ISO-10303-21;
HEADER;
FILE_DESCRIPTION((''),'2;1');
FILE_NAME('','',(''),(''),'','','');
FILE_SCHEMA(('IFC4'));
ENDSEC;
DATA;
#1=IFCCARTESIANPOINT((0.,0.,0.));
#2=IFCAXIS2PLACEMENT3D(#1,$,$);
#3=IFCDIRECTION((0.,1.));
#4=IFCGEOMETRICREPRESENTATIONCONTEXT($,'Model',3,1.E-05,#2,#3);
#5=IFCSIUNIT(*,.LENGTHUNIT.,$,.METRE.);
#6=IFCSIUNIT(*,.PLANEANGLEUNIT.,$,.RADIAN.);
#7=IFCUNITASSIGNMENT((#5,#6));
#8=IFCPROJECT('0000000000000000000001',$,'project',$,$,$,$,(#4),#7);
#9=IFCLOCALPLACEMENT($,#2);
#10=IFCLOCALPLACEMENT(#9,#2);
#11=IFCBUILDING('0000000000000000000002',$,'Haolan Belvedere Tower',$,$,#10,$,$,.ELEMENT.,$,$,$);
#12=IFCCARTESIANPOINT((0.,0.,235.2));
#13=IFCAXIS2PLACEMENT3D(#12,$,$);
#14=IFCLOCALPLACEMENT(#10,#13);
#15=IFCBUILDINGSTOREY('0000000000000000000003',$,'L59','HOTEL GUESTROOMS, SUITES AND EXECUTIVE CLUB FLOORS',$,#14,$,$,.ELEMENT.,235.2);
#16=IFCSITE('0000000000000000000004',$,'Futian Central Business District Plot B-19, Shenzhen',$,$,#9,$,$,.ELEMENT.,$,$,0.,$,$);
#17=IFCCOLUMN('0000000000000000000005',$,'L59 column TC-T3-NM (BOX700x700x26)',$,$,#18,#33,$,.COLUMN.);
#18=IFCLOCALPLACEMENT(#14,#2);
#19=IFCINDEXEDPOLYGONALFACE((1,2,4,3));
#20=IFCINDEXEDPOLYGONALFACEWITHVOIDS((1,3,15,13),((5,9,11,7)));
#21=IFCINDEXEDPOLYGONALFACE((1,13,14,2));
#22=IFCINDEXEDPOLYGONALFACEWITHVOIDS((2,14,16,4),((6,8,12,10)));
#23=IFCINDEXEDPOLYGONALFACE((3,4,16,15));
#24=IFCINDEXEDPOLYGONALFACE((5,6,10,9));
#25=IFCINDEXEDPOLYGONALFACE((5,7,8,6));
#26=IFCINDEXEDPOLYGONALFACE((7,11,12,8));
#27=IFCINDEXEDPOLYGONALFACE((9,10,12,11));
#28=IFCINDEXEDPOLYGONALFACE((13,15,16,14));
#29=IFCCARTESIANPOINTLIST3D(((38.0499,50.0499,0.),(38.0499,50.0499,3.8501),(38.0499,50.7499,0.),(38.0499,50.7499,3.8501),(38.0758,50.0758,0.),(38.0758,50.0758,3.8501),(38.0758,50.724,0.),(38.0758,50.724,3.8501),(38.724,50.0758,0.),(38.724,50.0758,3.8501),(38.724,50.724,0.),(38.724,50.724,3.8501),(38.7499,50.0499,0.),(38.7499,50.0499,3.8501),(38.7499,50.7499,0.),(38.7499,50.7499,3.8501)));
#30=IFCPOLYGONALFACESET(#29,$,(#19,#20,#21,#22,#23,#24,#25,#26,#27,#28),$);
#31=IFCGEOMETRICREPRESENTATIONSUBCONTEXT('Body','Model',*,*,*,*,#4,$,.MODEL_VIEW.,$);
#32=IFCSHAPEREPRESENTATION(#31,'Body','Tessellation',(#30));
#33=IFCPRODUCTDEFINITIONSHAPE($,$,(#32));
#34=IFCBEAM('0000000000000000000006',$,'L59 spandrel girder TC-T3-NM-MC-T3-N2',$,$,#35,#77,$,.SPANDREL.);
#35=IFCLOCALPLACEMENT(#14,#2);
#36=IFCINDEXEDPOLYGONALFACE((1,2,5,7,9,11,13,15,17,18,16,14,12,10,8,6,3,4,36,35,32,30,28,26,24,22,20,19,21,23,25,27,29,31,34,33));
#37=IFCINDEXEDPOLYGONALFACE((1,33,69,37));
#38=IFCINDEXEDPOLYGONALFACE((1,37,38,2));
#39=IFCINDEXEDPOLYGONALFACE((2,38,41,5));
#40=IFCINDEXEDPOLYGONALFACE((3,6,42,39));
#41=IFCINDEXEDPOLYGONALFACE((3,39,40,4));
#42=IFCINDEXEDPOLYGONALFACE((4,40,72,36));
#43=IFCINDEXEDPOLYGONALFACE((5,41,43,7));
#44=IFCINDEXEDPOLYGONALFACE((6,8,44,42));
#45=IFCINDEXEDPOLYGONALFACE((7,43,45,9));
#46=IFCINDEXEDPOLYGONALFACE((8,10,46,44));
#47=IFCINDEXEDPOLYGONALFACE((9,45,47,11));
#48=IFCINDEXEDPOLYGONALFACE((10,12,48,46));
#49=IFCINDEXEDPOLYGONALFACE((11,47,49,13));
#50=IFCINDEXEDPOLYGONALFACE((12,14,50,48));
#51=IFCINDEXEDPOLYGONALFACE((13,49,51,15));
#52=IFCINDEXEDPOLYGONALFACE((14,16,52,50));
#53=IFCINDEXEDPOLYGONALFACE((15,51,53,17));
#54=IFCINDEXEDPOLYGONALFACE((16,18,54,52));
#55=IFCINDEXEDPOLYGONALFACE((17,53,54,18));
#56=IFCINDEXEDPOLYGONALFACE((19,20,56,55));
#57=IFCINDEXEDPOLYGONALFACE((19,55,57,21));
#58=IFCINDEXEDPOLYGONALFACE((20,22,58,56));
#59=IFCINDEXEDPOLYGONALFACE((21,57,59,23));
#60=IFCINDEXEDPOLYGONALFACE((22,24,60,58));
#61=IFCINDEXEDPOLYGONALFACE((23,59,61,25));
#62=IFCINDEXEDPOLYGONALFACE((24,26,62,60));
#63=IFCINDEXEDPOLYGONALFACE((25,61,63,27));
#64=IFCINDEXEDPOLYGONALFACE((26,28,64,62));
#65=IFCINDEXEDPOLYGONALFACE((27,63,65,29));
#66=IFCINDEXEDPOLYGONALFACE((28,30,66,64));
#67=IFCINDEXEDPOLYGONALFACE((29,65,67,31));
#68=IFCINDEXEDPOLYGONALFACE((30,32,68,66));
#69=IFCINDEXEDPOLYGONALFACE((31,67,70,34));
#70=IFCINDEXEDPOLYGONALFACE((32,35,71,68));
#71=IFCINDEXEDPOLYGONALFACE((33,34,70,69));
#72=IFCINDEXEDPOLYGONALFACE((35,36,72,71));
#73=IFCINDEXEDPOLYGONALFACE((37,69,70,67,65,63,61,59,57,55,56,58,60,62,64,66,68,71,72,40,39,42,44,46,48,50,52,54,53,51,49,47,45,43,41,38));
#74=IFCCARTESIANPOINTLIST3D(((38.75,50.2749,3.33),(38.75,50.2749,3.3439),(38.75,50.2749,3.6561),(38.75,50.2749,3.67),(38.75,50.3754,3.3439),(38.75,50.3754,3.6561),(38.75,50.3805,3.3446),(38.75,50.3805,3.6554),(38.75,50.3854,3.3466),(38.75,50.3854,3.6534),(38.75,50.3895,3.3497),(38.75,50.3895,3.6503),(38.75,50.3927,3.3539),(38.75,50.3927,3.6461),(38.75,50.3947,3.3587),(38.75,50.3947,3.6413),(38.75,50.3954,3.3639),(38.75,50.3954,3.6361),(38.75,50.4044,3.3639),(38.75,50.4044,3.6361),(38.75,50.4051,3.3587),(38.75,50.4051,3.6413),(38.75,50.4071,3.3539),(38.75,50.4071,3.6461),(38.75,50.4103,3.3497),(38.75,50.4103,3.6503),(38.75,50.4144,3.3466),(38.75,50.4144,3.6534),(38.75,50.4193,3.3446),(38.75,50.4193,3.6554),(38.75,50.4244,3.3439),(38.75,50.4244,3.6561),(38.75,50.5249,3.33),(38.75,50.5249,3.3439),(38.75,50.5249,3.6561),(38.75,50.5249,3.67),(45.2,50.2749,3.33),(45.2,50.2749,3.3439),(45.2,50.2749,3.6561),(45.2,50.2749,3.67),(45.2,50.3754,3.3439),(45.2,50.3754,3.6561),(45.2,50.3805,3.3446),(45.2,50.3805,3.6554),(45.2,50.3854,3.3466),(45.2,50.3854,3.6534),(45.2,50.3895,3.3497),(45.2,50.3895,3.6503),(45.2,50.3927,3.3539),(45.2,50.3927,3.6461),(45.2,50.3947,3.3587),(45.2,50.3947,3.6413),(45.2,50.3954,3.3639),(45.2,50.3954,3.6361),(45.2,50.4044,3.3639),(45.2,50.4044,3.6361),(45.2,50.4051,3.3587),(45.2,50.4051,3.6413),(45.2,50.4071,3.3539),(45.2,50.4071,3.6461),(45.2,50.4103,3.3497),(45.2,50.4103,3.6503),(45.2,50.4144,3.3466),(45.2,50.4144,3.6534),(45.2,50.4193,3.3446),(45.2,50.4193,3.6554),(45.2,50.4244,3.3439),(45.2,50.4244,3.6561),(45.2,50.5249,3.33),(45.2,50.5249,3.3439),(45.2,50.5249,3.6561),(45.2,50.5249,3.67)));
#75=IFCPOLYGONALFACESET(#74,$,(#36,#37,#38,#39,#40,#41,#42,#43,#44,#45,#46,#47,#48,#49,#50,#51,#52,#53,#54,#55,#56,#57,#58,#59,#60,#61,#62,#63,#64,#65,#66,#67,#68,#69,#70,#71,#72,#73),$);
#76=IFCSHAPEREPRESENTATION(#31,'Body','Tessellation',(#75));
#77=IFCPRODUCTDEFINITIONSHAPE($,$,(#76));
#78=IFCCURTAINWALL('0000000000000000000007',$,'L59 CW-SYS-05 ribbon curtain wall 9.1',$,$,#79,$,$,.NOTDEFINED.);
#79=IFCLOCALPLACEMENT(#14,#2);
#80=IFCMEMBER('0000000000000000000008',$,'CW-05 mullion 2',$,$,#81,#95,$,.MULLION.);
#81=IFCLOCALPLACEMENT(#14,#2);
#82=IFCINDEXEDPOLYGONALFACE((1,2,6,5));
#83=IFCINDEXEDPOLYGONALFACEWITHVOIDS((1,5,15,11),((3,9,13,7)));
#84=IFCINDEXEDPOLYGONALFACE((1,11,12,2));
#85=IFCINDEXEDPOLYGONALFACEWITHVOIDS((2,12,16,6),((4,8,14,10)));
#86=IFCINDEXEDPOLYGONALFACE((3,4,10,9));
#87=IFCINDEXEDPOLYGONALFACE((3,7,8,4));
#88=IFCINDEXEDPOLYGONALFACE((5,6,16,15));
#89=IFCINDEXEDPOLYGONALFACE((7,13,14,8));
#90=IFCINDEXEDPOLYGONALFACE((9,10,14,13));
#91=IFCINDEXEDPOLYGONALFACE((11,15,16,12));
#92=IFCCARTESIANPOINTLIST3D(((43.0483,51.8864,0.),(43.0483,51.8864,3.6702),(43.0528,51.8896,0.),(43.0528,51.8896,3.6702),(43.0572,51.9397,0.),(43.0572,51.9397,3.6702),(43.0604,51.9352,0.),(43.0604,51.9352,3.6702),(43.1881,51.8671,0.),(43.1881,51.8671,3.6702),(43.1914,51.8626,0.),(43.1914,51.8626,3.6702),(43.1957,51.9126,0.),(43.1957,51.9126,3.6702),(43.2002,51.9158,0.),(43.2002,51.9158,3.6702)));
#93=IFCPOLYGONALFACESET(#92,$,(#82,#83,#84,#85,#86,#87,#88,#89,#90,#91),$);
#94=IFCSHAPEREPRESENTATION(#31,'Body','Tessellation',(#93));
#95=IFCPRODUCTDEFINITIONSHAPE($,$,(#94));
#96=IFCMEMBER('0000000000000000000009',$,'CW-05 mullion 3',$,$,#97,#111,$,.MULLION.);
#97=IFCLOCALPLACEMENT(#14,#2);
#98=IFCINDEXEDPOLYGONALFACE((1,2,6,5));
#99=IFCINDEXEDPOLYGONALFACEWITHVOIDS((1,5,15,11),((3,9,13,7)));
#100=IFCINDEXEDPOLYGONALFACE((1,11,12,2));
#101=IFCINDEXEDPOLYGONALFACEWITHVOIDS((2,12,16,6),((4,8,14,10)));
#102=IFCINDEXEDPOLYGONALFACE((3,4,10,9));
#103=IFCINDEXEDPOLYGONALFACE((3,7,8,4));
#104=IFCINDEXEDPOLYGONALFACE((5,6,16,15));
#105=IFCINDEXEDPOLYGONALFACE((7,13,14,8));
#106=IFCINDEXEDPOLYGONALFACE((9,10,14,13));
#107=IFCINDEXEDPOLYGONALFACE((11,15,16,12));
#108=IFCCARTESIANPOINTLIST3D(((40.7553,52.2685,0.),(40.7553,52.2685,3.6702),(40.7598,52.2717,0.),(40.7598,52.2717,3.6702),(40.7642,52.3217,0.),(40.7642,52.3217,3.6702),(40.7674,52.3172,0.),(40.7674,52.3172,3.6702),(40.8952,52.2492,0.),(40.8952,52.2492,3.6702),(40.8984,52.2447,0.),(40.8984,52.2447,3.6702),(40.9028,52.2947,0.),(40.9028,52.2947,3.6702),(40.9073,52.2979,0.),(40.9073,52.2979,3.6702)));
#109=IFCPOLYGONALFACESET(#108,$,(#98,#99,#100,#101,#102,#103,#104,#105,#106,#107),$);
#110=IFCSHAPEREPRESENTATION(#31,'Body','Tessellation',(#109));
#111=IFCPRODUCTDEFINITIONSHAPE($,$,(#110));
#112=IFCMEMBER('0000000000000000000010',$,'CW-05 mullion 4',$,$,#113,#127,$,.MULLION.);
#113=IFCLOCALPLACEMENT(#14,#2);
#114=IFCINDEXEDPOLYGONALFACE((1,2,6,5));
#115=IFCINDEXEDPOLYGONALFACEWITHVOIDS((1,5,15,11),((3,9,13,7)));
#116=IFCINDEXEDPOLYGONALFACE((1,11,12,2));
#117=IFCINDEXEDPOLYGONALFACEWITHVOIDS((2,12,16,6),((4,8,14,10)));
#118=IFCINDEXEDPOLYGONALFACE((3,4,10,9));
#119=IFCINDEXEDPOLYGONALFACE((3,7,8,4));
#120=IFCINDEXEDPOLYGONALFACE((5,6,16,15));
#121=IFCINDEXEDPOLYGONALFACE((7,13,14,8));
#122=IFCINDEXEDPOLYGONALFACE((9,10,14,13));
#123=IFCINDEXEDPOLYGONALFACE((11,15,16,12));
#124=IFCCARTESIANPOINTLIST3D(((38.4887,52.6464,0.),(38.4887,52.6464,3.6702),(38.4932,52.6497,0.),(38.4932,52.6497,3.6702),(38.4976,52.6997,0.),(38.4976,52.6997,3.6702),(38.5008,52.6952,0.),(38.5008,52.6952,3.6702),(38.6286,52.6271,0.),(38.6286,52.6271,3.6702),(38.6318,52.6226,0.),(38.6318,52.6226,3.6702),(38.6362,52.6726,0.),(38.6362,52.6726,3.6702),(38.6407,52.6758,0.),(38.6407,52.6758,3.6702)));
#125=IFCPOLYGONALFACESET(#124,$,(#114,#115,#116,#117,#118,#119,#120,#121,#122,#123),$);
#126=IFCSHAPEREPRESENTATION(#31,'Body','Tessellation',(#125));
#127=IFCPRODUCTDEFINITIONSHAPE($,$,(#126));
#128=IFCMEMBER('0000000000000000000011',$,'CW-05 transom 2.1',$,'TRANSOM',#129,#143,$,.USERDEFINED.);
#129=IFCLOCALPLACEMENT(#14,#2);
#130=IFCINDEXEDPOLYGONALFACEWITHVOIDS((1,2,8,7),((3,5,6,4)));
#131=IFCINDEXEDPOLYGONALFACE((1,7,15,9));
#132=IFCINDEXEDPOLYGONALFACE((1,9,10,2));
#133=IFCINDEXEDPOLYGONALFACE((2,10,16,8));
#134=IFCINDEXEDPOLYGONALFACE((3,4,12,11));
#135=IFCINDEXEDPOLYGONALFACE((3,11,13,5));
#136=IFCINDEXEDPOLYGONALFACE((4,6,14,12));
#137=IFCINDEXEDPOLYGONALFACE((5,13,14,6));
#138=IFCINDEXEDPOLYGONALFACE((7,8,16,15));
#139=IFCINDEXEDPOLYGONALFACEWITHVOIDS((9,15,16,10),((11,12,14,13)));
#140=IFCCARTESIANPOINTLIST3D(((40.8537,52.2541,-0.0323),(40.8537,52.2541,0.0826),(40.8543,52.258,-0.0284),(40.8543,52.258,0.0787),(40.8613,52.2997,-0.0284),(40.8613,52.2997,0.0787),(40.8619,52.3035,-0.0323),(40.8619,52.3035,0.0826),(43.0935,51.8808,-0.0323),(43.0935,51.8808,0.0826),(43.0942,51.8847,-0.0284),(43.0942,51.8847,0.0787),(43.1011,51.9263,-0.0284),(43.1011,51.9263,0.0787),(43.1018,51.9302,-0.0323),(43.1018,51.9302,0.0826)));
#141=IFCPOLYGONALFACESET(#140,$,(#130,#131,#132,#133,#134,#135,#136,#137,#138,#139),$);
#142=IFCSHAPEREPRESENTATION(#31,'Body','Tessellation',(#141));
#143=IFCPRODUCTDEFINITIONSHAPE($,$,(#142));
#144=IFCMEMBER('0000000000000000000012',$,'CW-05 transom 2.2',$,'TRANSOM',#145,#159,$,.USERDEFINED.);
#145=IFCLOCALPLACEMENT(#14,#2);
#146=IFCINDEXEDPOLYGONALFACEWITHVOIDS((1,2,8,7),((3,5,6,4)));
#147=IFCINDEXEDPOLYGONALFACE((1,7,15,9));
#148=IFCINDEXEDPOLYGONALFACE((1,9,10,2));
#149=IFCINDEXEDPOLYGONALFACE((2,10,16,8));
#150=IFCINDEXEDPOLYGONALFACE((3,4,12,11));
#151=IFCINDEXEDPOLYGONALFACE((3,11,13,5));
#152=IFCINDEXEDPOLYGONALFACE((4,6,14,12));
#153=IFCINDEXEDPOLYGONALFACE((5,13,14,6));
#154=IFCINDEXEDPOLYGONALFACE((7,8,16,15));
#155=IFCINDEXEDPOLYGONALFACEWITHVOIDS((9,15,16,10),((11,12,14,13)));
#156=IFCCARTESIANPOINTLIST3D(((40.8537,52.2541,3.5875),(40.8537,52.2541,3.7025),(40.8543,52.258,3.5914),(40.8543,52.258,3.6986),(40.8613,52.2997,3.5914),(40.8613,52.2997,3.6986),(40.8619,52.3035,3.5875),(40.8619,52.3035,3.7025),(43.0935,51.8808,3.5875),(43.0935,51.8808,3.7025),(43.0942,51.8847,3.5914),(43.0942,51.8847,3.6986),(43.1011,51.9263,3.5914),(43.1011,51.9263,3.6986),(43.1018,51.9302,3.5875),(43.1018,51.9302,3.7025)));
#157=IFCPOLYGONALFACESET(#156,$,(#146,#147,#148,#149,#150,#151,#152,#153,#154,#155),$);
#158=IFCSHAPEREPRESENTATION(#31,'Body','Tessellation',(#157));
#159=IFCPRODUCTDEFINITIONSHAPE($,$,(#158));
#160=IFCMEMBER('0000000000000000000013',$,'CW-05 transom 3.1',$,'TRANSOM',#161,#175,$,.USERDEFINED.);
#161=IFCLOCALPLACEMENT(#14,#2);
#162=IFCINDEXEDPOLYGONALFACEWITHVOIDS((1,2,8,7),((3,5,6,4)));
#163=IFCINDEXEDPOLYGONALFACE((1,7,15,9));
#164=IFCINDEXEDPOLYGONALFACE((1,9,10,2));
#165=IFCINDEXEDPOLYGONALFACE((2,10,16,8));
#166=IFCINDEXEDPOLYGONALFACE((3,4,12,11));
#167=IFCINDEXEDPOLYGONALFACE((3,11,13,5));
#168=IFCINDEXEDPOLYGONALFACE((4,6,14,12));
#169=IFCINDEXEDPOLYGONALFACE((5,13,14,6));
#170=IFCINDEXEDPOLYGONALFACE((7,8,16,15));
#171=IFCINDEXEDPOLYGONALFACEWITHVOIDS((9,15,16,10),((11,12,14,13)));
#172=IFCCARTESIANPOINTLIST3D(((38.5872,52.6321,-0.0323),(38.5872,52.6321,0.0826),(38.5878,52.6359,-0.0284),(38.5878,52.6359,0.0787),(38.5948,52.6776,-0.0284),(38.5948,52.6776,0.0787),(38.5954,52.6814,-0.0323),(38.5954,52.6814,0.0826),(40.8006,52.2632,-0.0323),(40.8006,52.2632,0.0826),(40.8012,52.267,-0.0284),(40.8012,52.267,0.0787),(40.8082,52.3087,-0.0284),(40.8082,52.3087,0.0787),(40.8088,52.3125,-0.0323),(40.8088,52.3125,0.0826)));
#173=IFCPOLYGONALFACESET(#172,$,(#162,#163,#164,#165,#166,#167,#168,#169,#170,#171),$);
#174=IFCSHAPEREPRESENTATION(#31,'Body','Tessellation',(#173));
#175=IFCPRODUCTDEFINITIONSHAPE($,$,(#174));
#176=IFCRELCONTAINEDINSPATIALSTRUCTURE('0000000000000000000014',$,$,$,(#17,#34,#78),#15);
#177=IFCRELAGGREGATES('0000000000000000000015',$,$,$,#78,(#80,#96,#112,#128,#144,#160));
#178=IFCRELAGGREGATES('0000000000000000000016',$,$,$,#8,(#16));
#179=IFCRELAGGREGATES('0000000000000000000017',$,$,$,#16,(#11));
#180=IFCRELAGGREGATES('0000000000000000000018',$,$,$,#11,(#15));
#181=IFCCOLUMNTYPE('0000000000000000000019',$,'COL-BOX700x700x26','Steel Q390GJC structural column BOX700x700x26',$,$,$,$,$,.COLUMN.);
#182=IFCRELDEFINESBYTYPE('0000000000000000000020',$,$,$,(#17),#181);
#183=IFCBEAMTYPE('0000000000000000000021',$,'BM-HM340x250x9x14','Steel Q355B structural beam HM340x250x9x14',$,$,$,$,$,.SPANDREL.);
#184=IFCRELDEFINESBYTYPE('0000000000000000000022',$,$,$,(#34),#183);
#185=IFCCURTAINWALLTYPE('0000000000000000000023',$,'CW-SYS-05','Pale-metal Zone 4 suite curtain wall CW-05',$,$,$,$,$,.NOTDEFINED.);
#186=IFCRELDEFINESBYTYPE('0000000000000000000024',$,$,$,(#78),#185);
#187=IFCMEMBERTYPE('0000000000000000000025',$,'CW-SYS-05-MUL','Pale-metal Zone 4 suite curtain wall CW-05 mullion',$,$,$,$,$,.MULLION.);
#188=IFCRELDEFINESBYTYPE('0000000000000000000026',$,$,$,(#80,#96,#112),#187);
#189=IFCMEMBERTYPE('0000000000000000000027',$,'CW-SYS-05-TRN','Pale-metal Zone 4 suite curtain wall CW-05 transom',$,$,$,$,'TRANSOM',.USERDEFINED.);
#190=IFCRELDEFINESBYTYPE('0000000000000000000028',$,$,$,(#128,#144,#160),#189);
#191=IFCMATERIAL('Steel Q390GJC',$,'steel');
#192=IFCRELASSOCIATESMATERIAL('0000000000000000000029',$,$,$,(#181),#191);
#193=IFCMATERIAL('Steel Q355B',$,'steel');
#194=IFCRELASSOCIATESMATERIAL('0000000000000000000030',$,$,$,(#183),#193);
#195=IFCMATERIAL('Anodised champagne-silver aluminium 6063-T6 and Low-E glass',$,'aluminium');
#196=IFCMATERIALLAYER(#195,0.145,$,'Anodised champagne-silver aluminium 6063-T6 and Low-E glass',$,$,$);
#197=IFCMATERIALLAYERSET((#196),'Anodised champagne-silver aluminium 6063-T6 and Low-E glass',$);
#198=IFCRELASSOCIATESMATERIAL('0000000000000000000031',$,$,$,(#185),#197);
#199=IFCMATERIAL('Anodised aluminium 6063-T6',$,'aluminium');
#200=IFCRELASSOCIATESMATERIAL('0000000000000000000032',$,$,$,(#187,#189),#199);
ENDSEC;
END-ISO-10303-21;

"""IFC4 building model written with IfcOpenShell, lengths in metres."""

from ifc_helpers import new_model, si_unit, direction, frame, origin, origin_2d, place, context, subcontext, project, spatial, hollow_rectangle, i_section, extrude, material, layer, layer_set, material_profile, profile_set, type_object, element, aggregate, save


model = new_model("IFC4")

# Units and contexts
model_context = context("Model", 3, precision=1e-05, world=origin(), true_north=direction((0.0, 1.0)))
body_context = subcontext(model_context, "Body", "Model", "MODEL_VIEW")
ifc_project = project(units=[si_unit("LENGTHUNIT", "METRE"), si_unit("PLANEANGLEUNIT", "RADIAN")], contexts=[model_context])

# Site, building, storey
site_placement = place(None, origin())
site = spatial("IfcSite", under=ifc_project, at=site_placement, Name="Futian Central Business District Plot B-19, Shenzhen", CompositionType="ELEMENT", RefElevation=0.0)
building_placement = place(site_placement, origin())
building = spatial("IfcBuilding", under=site, at=building_placement, Name="Haolan Belvedere Tower", CompositionType="ELEMENT")
storey_placement = place(building_placement, frame((0.0, 0.0, 235.2)))
storey = spatial("IfcBuildingStorey", under=building, at=storey_placement, Name="L59", Description="HOTEL GUESTROOMS, SUITES AND EXECUTIVE CLUB FLOORS", CompositionType="ELEMENT", Elevation=235.2)

# Column
ifc_material_1 = material(Name="Steel Q390GJC", Category="steel")
ifc_material_profile_1 = material_profile(ifc_material_1, hollow_rectangle(XDim=0.7, YDim=0.7, WallThickness=0.0259, at=origin_2d()), Name="Steel Q390GJC")
ifc_profile_set_1 = profile_set([ifc_material_profile_1], Name="Steel Q390GJC")
column_type = type_object("IfcColumnType", Name="COL-BOX700x700x26", Description="Steel Q390GJC structural column BOX700x700x26", PredefinedType="COLUMN", material=ifc_profile_set_1)
column_placement = place(storey_placement, frame((38.3999, 50.3999, 0.0), z_axis=(0.0, 0.0, 1.0), x_axis=(1.0, 0.0, 0.0)))
element("IfcColumn", 1, at=column_placement, inside=storey, type_object=column_type, Name="L59 column TC-T3-NM (BOX700x700x26)", PredefinedType="COLUMN", context=body_context, shape_type="SweptSolid", body=[
    extrude(hollow_rectangle(XDim=0.7, YDim=0.7, WallThickness=0.0259, at=origin_2d()), origin(), (0.0, 0.0, 1.0), 3.8501),
])

# Beam
ifc_material_2 = material(Name="Steel Q355B", Category="steel")
ifc_material_profile_2 = material_profile(ifc_material_2, i_section(OverallWidth=0.25, OverallDepth=0.3401, WebThickness=0.009, FlangeThickness=0.0139, FilletRadius=0.02, at=origin_2d()), Name="Steel Q355B")
ifc_profile_set_2 = profile_set([ifc_material_profile_2], Name="Steel Q355B")
beam_type = type_object("IfcBeamType", Name="BM-HM340x250x9x14", Description="Steel Q355B structural beam HM340x250x9x14", PredefinedType="SPANDREL", material=ifc_profile_set_2)
beam_placement = place(storey_placement, frame((38.75, 50.3999, 3.5), z_axis=(1.0, 0.0, 0.0), x_axis=(0.0, 1.0, 0.0)))
element("IfcBeam", 2, at=beam_placement, inside=storey, type_object=beam_type, Name="L59 spandrel girder TC-T3-NM-MC-T3-N2", PredefinedType="SPANDREL", context=body_context, shape_type="SweptSolid", body=[
    extrude(i_section(OverallWidth=0.25, OverallDepth=0.3401, WebThickness=0.009, FlangeThickness=0.0139, FilletRadius=0.02, at=origin_2d()), origin(), (0.0, 0.0, 1.0), 6.45),
])

# Curtain wall, members
ifc_material_3 = material(Name="Anodised champagne-silver aluminium 6063-T6 and Low-E glass", Category="aluminium")
ifc_layer_1 = layer(ifc_material_3, 0.145, Name="Anodised champagne-silver aluminium 6063-T6 and Low-E glass")
ifc_layer_set_1 = layer_set([ifc_layer_1], Name="Anodised champagne-silver aluminium 6063-T6 and Low-E glass")
curtain_wall_type = type_object("IfcCurtainWallType", Name="CW-SYS-05", Description="Pale-metal Zone 4 suite curtain wall CW-05", PredefinedType="NOTDEFINED", material=ifc_layer_set_1)
curtain_wall_placement = place(storey_placement, origin())
curtain_wall = element("IfcCurtainWall", 3, at=curtain_wall_placement, inside=storey, type_object=curtain_wall_type, Name="L59 CW-SYS-05 ribbon curtain wall 9.1", PredefinedType="NOTDEFINED")
ifc_material_4 = material(Name="Anodised aluminium 6063-T6", Category="aluminium")
ifc_material_profile_3 = material_profile(ifc_material_4, hollow_rectangle(XDim=0.054, YDim=0.145, WallThickness=0.0039, at=origin_2d()), Name="Anodised aluminium 6063-T6")
ifc_profile_set_3 = profile_set([ifc_material_profile_3], Name="Anodised aluminium 6063-T6")
member_type_1 = type_object("IfcMemberType", Name="CW-SYS-05-MUL", Description="Pale-metal Zone 4 suite curtain wall CW-05 mullion", PredefinedType="MULLION", material=ifc_profile_set_3)
member_1_placement = place(storey_placement, frame((43.1243, 51.9011, 0.0), z_axis=(0.0, 0.0, 1.0), x_axis=(-0.164406, -0.986393, 0.0)))
member_1 = element("IfcMember", 4, at=member_1_placement, type_object=member_type_1, Name="CW-05 mullion 2", PredefinedType="MULLION", context=body_context, shape_type="SweptSolid", body=[
    extrude(hollow_rectangle(XDim=0.054, YDim=0.145, WallThickness=0.0039, at=origin_2d()), origin(), (0.0, 0.0, 1.0), 3.6702),
])
member_2_placement = place(storey_placement, frame((40.8313, 52.2832, 0.0), z_axis=(0.0, 0.0, 1.0), x_axis=(-0.164406, -0.986393, 0.0)))
member_2 = element("IfcMember", 5, at=member_2_placement, type_object=member_type_1, Name="CW-05 mullion 3", PredefinedType="MULLION", context=body_context, shape_type="SweptSolid", body=[
    extrude(hollow_rectangle(XDim=0.054, YDim=0.145, WallThickness=0.0039, at=origin_2d()), origin(), (0.0, 0.0, 1.0), 3.6702),
])
member_3_placement = place(storey_placement, frame((38.5647, 52.6611, 0.0), z_axis=(0.0, 0.0, 1.0), x_axis=(-0.164406, -0.986393, 0.0)))
member_3 = element("IfcMember", 6, at=member_3_placement, type_object=member_type_1, Name="CW-05 mullion 4", PredefinedType="MULLION", context=body_context, shape_type="SweptSolid", body=[
    extrude(hollow_rectangle(XDim=0.054, YDim=0.145, WallThickness=0.0039, at=origin_2d()), origin(), (0.0, 0.0, 1.0), 3.6702),
])
ifc_material_profile_4 = material_profile(ifc_material_4, hollow_rectangle(XDim=0.05, YDim=0.115, WallThickness=0.0039, at=origin_2d()), Name="Anodised aluminium 6063-T6")
ifc_profile_set_4 = profile_set([ifc_material_profile_4], Name="Anodised aluminium 6063-T6")
member_type_2 = type_object("IfcMemberType", Name="CW-SYS-05-TRN", Description="Pale-metal Zone 4 suite curtain wall CW-05 transom", ElementType="TRANSOM", PredefinedType="USERDEFINED", material=ifc_profile_set_4)
member_4_placement = place(storey_placement, frame((43.0977, 51.9055, 0.0251), z_axis=(-0.986394, 0.164399, 0.0), x_axis=(-0.164399, -0.986394, 0.0)))
member_4 = element("IfcMember", 7, at=member_4_placement, type_object=member_type_2, Name="CW-05 transom 2.1", ObjectType="TRANSOM", PredefinedType="USERDEFINED", context=body_context, shape_type="SweptSolid", body=[
    extrude(hollow_rectangle(XDim=0.05, YDim=0.115, WallThickness=0.0039, at=origin_2d()), origin(), (0.0, 0.0, 1.0), 2.2708),
])
member_5_placement = place(storey_placement, frame((43.0977, 51.9055, 3.645), z_axis=(-0.986394, 0.164399, 0.0), x_axis=(-0.164399, -0.986394, 0.0)))
member_5 = element("IfcMember", 8, at=member_5_placement, type_object=member_type_2, Name="CW-05 transom 2.2", ObjectType="TRANSOM", PredefinedType="USERDEFINED", context=body_context, shape_type="SweptSolid", body=[
    extrude(hollow_rectangle(XDim=0.05, YDim=0.115, WallThickness=0.0039, at=origin_2d()), origin(), (0.0, 0.0, 1.0), 2.2708),
])
member_6_placement = place(storey_placement, frame((40.8047, 52.2878, 0.0251), z_axis=(-0.986394, 0.164399, 0.0), x_axis=(-0.164399, -0.986394, 0.0)))
member_6 = element("IfcMember", 9, at=member_6_placement, type_object=member_type_2, Name="CW-05 transom 3.1", ObjectType="TRANSOM", PredefinedType="USERDEFINED", context=body_context, shape_type="SweptSolid", body=[
    extrude(hollow_rectangle(XDim=0.05, YDim=0.115, WallThickness=0.0039, at=origin_2d()), origin(), (0.0, 0.0, 1.0), 2.2439),
])
aggregate(curtain_wall, [member_1, member_2, member_3, member_4, member_5, member_6])

save(model, "model.ifc")
